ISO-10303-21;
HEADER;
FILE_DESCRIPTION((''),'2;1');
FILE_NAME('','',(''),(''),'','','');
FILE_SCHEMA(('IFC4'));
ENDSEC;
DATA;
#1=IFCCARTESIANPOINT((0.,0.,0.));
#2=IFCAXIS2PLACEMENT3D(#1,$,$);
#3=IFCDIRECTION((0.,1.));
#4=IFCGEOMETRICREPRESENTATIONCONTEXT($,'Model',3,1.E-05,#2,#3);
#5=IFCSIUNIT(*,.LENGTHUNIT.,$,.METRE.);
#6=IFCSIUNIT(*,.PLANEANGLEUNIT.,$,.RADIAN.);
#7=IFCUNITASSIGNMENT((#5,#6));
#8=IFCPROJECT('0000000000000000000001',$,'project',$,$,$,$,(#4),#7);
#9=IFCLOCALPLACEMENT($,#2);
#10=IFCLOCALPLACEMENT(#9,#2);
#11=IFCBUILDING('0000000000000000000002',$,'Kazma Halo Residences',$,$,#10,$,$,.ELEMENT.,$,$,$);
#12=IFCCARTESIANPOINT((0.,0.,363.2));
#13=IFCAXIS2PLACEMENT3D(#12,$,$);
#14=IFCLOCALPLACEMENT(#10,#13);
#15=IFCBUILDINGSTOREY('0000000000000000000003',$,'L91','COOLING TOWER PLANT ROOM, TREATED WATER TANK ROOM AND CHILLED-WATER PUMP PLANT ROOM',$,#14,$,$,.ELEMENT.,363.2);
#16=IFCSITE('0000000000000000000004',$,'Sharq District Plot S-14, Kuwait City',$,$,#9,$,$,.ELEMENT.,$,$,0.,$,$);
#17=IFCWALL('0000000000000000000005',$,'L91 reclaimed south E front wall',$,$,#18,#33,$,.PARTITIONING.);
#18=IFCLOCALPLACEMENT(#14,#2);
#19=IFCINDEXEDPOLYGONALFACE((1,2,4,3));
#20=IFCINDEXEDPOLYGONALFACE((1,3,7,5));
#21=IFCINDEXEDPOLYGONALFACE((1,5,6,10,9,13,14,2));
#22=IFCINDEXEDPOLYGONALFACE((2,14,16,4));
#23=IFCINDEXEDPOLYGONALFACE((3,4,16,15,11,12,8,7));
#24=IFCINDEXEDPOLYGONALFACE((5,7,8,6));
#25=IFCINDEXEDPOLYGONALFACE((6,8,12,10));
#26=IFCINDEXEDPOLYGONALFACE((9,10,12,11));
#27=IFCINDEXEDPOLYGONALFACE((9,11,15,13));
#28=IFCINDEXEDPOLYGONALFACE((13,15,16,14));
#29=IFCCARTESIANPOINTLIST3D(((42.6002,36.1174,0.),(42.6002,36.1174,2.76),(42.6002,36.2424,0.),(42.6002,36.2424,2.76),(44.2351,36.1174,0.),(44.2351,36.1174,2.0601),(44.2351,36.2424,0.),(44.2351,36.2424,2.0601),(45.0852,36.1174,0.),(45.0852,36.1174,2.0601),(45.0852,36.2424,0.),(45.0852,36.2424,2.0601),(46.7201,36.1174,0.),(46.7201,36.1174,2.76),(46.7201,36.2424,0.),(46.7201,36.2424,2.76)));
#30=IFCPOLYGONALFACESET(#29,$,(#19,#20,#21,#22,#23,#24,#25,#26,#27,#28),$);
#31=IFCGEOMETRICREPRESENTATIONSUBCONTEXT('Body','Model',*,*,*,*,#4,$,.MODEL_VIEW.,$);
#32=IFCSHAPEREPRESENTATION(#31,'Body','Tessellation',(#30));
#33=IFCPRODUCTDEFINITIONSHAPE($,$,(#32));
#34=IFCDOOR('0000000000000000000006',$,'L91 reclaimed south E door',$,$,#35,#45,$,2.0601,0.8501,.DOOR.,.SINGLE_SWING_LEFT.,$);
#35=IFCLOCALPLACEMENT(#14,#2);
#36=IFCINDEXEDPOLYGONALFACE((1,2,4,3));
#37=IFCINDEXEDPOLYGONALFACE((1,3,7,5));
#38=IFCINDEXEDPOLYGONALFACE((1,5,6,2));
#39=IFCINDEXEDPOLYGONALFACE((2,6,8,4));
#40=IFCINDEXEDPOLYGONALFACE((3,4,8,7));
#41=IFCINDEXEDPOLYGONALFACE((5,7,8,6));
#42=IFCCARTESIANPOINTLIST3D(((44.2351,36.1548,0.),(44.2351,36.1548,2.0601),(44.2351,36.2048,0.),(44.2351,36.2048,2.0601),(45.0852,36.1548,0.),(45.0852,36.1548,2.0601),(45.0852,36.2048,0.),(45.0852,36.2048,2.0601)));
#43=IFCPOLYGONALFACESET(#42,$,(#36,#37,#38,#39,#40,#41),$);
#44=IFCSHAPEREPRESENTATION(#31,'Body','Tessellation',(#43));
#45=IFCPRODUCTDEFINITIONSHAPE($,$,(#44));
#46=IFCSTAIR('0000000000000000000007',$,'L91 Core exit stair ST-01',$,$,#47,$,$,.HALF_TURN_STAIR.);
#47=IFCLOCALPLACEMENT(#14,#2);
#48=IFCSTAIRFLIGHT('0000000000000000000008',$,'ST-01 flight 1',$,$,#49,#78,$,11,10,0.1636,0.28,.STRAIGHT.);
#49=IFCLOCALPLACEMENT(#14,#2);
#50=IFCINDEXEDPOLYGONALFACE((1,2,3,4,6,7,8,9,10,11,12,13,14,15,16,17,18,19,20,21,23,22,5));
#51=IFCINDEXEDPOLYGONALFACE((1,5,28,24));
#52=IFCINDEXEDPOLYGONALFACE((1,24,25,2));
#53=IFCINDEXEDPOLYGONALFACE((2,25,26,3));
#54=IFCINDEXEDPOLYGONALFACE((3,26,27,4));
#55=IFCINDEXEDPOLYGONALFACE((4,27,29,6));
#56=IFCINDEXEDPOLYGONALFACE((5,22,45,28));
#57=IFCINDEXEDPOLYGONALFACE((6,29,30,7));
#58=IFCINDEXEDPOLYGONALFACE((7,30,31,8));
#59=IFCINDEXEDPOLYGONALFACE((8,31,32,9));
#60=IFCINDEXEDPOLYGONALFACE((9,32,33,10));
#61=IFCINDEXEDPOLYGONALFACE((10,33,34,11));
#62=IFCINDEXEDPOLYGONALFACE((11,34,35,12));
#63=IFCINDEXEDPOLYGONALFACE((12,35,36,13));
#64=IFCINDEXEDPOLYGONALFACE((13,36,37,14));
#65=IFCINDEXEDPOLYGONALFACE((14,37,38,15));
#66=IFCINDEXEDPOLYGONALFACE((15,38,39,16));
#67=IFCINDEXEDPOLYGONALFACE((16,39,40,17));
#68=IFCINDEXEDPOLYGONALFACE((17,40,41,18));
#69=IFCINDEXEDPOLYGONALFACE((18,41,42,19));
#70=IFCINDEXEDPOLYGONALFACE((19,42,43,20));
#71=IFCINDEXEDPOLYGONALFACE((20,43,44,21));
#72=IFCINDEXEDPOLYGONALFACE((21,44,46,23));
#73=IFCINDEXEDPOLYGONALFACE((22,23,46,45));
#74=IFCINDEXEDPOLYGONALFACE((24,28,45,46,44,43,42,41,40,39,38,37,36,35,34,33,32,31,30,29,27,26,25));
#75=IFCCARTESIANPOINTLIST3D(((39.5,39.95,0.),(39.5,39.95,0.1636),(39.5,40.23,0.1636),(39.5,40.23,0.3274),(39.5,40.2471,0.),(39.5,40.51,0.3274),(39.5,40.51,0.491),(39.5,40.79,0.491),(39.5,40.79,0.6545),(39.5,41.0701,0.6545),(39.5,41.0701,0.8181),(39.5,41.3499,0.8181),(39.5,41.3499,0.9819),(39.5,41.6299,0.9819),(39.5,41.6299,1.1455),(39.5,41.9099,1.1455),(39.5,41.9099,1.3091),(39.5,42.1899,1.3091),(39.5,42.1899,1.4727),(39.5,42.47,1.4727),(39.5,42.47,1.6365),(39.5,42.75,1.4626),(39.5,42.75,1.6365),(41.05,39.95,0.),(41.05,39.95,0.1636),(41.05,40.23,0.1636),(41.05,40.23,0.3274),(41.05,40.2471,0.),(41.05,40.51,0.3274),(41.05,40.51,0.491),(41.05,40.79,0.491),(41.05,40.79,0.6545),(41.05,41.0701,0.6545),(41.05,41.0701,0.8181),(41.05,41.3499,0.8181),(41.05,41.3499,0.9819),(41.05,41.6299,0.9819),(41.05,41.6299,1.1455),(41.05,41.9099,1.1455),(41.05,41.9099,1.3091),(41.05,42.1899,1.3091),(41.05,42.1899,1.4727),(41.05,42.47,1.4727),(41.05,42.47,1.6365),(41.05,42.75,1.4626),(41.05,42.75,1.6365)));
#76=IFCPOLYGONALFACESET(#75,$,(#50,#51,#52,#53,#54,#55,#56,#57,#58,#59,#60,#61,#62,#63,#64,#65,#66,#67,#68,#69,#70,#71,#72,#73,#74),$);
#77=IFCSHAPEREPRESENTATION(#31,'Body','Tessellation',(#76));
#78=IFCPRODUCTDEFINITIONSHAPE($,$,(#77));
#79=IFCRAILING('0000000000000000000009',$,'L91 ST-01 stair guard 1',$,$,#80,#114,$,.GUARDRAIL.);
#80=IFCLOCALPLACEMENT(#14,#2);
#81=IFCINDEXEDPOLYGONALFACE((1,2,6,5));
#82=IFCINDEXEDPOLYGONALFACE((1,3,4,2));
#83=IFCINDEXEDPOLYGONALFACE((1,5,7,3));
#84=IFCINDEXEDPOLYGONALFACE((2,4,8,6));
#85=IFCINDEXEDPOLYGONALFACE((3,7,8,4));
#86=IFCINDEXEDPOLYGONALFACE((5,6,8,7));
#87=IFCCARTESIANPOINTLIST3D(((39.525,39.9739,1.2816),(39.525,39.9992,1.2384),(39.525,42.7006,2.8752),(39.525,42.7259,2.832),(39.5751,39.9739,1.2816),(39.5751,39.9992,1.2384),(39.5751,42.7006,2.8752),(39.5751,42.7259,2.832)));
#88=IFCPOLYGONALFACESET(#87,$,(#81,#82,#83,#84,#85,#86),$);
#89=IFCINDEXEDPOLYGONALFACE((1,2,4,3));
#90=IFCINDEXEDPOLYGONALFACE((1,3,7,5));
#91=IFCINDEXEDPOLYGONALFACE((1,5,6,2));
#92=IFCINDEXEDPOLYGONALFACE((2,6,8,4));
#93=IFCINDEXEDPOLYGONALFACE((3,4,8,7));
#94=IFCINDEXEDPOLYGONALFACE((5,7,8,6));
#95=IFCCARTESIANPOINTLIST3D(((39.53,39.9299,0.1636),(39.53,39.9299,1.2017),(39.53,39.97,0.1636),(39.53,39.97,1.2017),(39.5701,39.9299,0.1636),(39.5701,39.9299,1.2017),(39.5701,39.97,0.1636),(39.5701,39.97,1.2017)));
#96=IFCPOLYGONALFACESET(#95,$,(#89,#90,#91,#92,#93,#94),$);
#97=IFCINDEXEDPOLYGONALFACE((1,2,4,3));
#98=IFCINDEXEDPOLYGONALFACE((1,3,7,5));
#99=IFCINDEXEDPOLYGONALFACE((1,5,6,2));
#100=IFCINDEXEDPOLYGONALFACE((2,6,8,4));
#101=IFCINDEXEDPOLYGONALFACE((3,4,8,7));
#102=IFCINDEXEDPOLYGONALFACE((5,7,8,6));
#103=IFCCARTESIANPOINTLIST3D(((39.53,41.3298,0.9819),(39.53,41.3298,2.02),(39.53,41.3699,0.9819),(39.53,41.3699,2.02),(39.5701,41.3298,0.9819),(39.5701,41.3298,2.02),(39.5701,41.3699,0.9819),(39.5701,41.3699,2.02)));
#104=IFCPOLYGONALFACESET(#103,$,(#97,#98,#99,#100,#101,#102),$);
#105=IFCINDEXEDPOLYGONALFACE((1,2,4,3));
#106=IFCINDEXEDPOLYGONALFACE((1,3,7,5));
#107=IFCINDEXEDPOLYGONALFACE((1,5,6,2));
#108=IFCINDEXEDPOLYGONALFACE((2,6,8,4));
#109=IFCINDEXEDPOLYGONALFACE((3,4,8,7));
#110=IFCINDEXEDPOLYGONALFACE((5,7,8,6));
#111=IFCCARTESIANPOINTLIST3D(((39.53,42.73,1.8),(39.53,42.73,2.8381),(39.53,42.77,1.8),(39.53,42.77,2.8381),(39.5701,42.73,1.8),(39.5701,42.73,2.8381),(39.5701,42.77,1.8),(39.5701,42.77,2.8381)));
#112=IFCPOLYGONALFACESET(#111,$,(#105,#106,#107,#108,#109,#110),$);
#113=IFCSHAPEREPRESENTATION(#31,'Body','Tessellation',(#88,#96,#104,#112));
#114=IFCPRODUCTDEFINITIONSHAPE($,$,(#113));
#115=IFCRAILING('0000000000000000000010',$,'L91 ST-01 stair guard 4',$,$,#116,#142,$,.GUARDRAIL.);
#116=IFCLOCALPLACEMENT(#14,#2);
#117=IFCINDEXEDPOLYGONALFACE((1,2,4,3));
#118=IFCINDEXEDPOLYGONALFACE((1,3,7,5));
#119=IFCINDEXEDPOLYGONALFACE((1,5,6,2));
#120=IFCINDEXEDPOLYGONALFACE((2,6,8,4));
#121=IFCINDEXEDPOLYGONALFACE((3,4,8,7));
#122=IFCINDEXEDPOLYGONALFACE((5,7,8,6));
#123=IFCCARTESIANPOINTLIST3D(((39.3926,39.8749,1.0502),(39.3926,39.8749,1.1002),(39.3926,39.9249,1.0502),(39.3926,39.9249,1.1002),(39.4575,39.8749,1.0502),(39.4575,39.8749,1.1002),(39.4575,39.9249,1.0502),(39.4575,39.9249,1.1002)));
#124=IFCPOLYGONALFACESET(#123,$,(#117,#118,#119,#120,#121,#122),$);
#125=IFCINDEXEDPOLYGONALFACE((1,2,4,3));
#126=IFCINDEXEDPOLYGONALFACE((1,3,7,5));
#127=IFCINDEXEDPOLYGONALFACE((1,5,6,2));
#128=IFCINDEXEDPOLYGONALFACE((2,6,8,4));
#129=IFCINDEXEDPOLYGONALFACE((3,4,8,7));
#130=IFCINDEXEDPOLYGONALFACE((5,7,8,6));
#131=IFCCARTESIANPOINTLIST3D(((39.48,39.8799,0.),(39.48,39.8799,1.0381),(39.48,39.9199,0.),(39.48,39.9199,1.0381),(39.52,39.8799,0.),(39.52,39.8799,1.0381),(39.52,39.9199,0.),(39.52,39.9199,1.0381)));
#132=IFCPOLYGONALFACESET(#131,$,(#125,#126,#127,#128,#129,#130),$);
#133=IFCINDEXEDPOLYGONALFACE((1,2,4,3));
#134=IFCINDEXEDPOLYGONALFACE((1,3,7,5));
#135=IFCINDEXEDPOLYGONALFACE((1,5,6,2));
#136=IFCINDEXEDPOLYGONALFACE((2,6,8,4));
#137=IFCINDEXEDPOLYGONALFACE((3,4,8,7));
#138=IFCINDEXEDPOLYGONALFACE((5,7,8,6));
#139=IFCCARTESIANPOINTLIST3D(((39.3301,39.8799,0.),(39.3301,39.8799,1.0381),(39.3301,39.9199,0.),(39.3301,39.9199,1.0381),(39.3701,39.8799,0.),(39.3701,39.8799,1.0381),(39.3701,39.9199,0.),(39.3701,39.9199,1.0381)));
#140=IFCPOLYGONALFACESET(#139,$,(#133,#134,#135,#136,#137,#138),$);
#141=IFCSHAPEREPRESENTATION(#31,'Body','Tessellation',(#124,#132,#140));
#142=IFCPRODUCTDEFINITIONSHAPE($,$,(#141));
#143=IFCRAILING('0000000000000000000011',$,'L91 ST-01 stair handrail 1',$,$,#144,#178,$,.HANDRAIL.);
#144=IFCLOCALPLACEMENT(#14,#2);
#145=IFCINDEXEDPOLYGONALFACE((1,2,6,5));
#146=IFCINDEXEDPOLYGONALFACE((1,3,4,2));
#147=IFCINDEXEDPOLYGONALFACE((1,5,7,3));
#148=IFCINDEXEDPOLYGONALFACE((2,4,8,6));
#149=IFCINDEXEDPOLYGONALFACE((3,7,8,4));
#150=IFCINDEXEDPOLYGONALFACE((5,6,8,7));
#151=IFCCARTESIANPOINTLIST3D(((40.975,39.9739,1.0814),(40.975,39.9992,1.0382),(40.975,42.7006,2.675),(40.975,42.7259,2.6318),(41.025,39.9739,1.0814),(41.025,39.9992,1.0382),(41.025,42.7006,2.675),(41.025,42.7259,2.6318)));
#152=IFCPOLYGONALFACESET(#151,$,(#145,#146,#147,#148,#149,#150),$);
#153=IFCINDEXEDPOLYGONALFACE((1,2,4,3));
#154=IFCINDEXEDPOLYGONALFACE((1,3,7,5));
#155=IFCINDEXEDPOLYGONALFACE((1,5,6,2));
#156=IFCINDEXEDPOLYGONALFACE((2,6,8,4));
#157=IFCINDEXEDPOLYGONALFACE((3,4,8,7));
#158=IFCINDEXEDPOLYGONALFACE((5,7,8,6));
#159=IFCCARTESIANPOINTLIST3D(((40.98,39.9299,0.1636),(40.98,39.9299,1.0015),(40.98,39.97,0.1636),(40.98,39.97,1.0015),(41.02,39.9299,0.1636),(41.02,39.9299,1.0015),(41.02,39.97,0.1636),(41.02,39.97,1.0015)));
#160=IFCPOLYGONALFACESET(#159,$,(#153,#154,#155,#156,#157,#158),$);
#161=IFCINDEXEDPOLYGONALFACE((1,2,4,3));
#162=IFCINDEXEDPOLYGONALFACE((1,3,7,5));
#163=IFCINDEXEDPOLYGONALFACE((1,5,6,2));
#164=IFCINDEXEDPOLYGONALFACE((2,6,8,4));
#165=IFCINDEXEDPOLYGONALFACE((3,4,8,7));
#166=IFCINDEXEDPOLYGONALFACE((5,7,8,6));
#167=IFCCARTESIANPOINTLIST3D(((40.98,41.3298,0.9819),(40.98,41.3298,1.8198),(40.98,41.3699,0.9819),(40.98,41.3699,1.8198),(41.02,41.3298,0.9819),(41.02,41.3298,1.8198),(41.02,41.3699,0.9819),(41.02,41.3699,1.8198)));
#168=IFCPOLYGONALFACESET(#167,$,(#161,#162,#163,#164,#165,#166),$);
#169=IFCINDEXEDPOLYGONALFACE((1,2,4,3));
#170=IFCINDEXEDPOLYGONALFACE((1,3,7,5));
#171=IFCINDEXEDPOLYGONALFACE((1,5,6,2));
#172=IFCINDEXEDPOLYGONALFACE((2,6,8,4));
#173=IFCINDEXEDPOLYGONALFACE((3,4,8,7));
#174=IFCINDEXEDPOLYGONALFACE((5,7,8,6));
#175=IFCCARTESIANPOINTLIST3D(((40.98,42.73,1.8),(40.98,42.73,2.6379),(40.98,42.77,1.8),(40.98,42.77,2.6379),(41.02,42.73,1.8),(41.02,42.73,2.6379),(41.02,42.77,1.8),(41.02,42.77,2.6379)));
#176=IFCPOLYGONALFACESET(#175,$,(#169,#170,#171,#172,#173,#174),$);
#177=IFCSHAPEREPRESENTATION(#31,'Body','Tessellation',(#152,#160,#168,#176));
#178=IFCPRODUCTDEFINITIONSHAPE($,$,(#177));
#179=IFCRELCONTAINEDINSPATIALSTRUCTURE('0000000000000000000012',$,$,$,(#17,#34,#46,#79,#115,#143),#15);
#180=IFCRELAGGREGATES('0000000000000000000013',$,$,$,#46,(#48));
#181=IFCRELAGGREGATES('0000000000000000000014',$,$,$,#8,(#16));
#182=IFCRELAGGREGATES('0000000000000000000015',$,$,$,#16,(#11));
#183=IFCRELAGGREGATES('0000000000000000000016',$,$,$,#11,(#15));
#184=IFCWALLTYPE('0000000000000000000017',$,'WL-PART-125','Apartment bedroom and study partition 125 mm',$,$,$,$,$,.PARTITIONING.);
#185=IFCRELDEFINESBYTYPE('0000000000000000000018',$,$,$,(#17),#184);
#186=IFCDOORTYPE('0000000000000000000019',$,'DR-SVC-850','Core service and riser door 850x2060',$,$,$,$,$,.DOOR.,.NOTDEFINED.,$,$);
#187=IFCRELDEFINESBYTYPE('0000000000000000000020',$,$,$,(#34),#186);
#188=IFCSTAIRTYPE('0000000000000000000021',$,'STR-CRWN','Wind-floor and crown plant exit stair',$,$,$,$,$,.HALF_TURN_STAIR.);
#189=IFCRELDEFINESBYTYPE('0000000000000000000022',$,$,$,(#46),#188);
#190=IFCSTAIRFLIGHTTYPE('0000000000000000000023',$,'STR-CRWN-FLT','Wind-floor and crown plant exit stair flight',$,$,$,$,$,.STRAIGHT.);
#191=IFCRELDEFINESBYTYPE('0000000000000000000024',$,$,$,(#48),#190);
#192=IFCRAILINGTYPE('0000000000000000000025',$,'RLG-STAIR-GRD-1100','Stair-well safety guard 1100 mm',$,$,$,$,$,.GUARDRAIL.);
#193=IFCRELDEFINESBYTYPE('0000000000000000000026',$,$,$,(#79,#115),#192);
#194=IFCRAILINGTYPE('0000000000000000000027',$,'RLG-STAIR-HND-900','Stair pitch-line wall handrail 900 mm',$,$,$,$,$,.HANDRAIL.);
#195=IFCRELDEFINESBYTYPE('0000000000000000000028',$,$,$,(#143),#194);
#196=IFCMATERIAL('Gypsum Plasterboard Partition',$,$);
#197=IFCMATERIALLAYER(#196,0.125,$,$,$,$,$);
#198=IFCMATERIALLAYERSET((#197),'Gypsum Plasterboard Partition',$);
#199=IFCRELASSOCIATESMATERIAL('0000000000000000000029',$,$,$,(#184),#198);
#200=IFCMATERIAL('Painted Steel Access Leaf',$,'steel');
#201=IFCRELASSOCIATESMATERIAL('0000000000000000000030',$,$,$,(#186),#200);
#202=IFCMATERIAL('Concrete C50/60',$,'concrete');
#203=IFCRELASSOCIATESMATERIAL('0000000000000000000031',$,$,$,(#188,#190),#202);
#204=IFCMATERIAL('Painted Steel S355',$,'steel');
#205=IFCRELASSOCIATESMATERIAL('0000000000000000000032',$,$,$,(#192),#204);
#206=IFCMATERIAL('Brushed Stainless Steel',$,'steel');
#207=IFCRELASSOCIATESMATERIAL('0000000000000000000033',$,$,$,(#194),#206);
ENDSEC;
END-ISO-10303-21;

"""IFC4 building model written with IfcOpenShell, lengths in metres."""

from ifc_helpers import new_model, si_unit, direction, frame, frame_2d, origin, origin_2d, place, context, subcontext, project, spatial, polyline, rectangle, outline, extrude, material, layer, layer_set, type_object, element, fill, aggregate, save


model = new_model("IFC4")

# Units and contexts
model_context = context("Model", 3, precision=1e-05, world=origin(), true_north=direction((0.0, 1.0)))
body_context = subcontext(model_context, "Body", "Model", "MODEL_VIEW")
ifc_project = project(units=[si_unit("LENGTHUNIT", "METRE"), si_unit("PLANEANGLEUNIT", "RADIAN")], contexts=[model_context])

# Site, building, storey
site_placement = place(None, origin())
site = spatial("IfcSite", under=ifc_project, at=site_placement, Name="Sharq District Plot S-14, Kuwait City", CompositionType="ELEMENT", RefElevation=0.0)
building_placement = place(site_placement, origin())
building = spatial("IfcBuilding", under=site, at=building_placement, Name="Kazma Halo Residences", CompositionType="ELEMENT")
storey_placement = place(building_placement, frame((0.0, 0.0, 363.2)))
storey = spatial("IfcBuildingStorey", under=building, at=storey_placement, Name="L91", Description="COOLING TOWER PLANT ROOM, TREATED WATER TANK ROOM AND CHILLED-WATER PUMP PLANT ROOM", CompositionType="ELEMENT", Elevation=363.2)

# Shared definitions
ifc_material_1 = material(Name="Gypsum Plasterboard Partition")
ifc_layer_1 = layer(ifc_material_1, 0.125)
ifc_layer_set_1 = layer_set([ifc_layer_1], Name="Gypsum Plasterboard Partition")
wall_type_1 = type_object("IfcWallType", Name="WL-PART-125", Description="Apartment bedroom and study partition 125 mm", PredefinedType="PARTITIONING", material=ifc_layer_set_1)

# Wall, opening, door
ifc_material_2 = material(Name="Painted Steel Access Leaf", Category="steel")
door_type_1 = type_object("IfcDoorType", Name="DR-SVC-850", Description="Core service and riser door 850x2060", OperationType="NOTDEFINED", PredefinedType="DOOR", material=ifc_material_2)
wall_1_placement = place(storey_placement, frame((42.6001, 36.1799, 0.0), z_axis=(0.0, 0.0, 1.0), x_axis=(1.0, 0.0, 0.0)))
wall_1 = element("IfcWall", 1, at=wall_1_placement, inside=storey, type_object=wall_type_1, Name="L91 reclaimed south E front wall", PredefinedType="PARTITIONING", context=body_context, shape_type="SweptSolid", body=[
    extrude(rectangle(XDim=4.1199, YDim=0.125, at=frame_2d((2.0601, 0.0))), origin(), (0.0, 0.0, 1.0), 2.76),
])
opening_1_placement = place(wall_1_placement, frame((1.635, 0.0, 0.0)))
opening_1 = element("IfcOpeningElement", 2, at=opening_1_placement, cuts=wall_1, PredefinedType="OPENING", context=body_context, shape_type="SweptSolid", body=[
    extrude(rectangle(XDim=0.8501, YDim=2.0601, at=frame_2d((0.425, 1.03))), frame((0.0, 0.0725, 0.0), z_axis=(0.0, -1.0, 0.0), x_axis=(1.0, 0.0, 0.0)), (0.0, 0.0, 1.0), 0.145),
])
door_1_placement = place(opening_1_placement, origin())
door_1 = element("IfcDoor", 3, at=door_1_placement, inside=storey, type_object=door_type_1, Name="L91 reclaimed south E door", OperationType="SINGLE_SWING_LEFT", OverallHeight=2.0601, OverallWidth=0.8501, PredefinedType="DOOR", context=body_context, shape_type="SweptSolid", body=[
    extrude(rectangle(XDim=0.8501, YDim=2.0601, at=frame_2d((0.425, 1.03))), frame((0.0, 0.0249, 0.0), z_axis=(0.0, -1.0, 0.0), x_axis=(1.0, 0.0, 0.0)), (0.0, 0.0, 1.0), 0.05),
])
fill(opening_1, door_1)
ifc_material_3 = material(Name="Concrete C50/60", Category="concrete")

# Stair, stair flight
stair_type = type_object("IfcStairType", Name="STR-CRWN", Description="Wind-floor and crown plant exit stair", PredefinedType="HALF_TURN_STAIR", material=ifc_material_3)
stair_placement = place(storey_placement, origin())
stair = element("IfcStair", 4, at=stair_placement, inside=storey, type_object=stair_type, Name="L91 Core exit stair ST-01", PredefinedType="HALF_TURN_STAIR")
stair_flight_type = type_object("IfcStairFlightType", Name="STR-CRWN-FLT", Description="Wind-floor and crown plant exit stair flight", PredefinedType="STRAIGHT", material=ifc_material_3)
stair_flight_placement = place(storey_placement, frame((40.2749, 39.95, 0.0), z_axis=(0.0, 0.0, 1.0), x_axis=(0.0, 1.0, 0.0)))
stair_flight = element("IfcStairFlight", 5, at=stair_flight_placement, type_object=stair_flight_type, Name="ST-01 flight 1", NumberOfRisers=11, NumberOfTreads=10, PredefinedType="STRAIGHT", RiserHeight=0.1636, TreadLength=0.28, context=body_context, shape_type="SweptSolid", body=[
    extrude(outline(polyline([(0.0, 0.0), (0.0, 0.1636), (0.28, 0.1636), (0.28, 0.3274), (0.5601, 0.3274), (0.5601, 0.491), (0.8401, 0.491), (0.8401, 0.6545), (1.1201, 0.6545), (1.1201, 0.8181), (1.3999, 0.8181), (1.3999, 0.9819), (1.6799, 0.9819), (1.6799, 1.1455), (1.96, 1.1455), (1.96, 1.3091), (2.24, 1.3091), (2.24, 1.4727), (2.52, 1.4727), (2.52, 1.6365), (2.8, 1.6365), (2.8, 1.8), (2.8, 1.4626), (0.2971, 0.0), (0.0, 0.0)])), frame((0.0, 0.7749, 0.0), z_axis=(0.0, -1.0, 0.0), x_axis=(1.0, 0.0, 0.0)), (0.0, 0.0, 1.0), 1.55),
])
aggregate(stair, [stair_flight])

# Railings
ifc_material_4 = material(Name="Painted Steel S355", Category="steel")
railing_type_1 = type_object("IfcRailingType", Name="RLG-STAIR-GRD-1100", Description="Stair-well safety guard 1100 mm", PredefinedType="GUARDRAIL", material=ifc_material_4)
railing_1_placement = place(storey_placement, frame((39.55, 39.95, 0.1636)))
element("IfcRailing", 6, at=railing_1_placement, inside=storey, type_object=railing_type_1, Name="L91 ST-01 stair guard 1", PredefinedType="GUARDRAIL", context=body_context, shape_type="SweptSolid", body=[
    extrude(rectangle(XDim=0.05, YDim=0.05, at=origin_2d()), frame((0.0, 0.0366, 1.0964), z_axis=(0.0, 0.863361, 0.504587), x_axis=(-1.0, 0.0, 0.0)), (0.0, 0.0, 1.0), 3.1582),
    extrude(rectangle(XDim=0.04, YDim=0.04, at=origin_2d()), origin(), (0.0, 0.0, 1.0), 1.0381),
    extrude(rectangle(XDim=0.04, YDim=0.04, at=origin_2d()), frame((0.0, 1.3999, 0.8184)), (0.0, 0.0, 1.0), 1.0381),
    extrude(rectangle(XDim=0.04, YDim=0.04, at=origin_2d()), frame((0.0, 2.8, 1.6365)), (0.0, 0.0, 1.0), 1.0381),
])
railing_2_placement = place(storey_placement, frame((39.5, 39.8999, 0.0)))
element("IfcRailing", 7, at=railing_2_placement, inside=storey, type_object=railing_type_1, Name="L91 ST-01 stair guard 4", PredefinedType="GUARDRAIL", context=body_context, shape_type="SweptSolid", body=[
    extrude(rectangle(XDim=0.05, YDim=0.05, at=origin_2d()), frame((-0.0425, 0.0, 1.0752), z_axis=(-1.0, 0.0, 0.0), x_axis=(0.0, -1.0, 0.0)), (0.0, 0.0, 1.0), 0.0649),
    extrude(rectangle(XDim=0.04, YDim=0.04, at=origin_2d()), origin(), (0.0, 0.0, 1.0), 1.0381),
    extrude(rectangle(XDim=0.04, YDim=0.04, at=origin_2d()), frame((-0.1499, 0.0, 0.0)), (0.0, 0.0, 1.0), 1.0381),
])
ifc_material_5 = material(Name="Brushed Stainless Steel", Category="steel")
railing_type_2 = type_object("IfcRailingType", Name="RLG-STAIR-HND-900", Description="Stair pitch-line wall handrail 900 mm", PredefinedType="HANDRAIL", material=ifc_material_5)
railing_3_placement = place(storey_placement, frame((41.0, 39.95, 0.1636)))
element("IfcRailing", 8, at=railing_3_placement, inside=storey, type_object=railing_type_2, Name="L91 ST-01 stair handrail 1", PredefinedType="HANDRAIL", context=body_context, shape_type="SweptSolid", body=[
    extrude(rectangle(XDim=0.05, YDim=0.05, at=origin_2d()), frame((0.0, 0.0366, 0.8962), z_axis=(0.0, 0.863361, 0.504587), x_axis=(-1.0, 0.0, 0.0)), (0.0, 0.0, 1.0), 3.1582),
    extrude(rectangle(XDim=0.04, YDim=0.04, at=origin_2d()), origin(), (0.0, 0.0, 1.0), 0.8379),
    extrude(rectangle(XDim=0.04, YDim=0.04, at=origin_2d()), frame((0.0, 1.3999, 0.8184)), (0.0, 0.0, 1.0), 0.8379),
    extrude(rectangle(XDim=0.04, YDim=0.04, at=origin_2d()), frame((0.0, 2.8, 1.6365)), (0.0, 0.0, 1.0), 0.8379),
])

save(model, "model.ifc")
